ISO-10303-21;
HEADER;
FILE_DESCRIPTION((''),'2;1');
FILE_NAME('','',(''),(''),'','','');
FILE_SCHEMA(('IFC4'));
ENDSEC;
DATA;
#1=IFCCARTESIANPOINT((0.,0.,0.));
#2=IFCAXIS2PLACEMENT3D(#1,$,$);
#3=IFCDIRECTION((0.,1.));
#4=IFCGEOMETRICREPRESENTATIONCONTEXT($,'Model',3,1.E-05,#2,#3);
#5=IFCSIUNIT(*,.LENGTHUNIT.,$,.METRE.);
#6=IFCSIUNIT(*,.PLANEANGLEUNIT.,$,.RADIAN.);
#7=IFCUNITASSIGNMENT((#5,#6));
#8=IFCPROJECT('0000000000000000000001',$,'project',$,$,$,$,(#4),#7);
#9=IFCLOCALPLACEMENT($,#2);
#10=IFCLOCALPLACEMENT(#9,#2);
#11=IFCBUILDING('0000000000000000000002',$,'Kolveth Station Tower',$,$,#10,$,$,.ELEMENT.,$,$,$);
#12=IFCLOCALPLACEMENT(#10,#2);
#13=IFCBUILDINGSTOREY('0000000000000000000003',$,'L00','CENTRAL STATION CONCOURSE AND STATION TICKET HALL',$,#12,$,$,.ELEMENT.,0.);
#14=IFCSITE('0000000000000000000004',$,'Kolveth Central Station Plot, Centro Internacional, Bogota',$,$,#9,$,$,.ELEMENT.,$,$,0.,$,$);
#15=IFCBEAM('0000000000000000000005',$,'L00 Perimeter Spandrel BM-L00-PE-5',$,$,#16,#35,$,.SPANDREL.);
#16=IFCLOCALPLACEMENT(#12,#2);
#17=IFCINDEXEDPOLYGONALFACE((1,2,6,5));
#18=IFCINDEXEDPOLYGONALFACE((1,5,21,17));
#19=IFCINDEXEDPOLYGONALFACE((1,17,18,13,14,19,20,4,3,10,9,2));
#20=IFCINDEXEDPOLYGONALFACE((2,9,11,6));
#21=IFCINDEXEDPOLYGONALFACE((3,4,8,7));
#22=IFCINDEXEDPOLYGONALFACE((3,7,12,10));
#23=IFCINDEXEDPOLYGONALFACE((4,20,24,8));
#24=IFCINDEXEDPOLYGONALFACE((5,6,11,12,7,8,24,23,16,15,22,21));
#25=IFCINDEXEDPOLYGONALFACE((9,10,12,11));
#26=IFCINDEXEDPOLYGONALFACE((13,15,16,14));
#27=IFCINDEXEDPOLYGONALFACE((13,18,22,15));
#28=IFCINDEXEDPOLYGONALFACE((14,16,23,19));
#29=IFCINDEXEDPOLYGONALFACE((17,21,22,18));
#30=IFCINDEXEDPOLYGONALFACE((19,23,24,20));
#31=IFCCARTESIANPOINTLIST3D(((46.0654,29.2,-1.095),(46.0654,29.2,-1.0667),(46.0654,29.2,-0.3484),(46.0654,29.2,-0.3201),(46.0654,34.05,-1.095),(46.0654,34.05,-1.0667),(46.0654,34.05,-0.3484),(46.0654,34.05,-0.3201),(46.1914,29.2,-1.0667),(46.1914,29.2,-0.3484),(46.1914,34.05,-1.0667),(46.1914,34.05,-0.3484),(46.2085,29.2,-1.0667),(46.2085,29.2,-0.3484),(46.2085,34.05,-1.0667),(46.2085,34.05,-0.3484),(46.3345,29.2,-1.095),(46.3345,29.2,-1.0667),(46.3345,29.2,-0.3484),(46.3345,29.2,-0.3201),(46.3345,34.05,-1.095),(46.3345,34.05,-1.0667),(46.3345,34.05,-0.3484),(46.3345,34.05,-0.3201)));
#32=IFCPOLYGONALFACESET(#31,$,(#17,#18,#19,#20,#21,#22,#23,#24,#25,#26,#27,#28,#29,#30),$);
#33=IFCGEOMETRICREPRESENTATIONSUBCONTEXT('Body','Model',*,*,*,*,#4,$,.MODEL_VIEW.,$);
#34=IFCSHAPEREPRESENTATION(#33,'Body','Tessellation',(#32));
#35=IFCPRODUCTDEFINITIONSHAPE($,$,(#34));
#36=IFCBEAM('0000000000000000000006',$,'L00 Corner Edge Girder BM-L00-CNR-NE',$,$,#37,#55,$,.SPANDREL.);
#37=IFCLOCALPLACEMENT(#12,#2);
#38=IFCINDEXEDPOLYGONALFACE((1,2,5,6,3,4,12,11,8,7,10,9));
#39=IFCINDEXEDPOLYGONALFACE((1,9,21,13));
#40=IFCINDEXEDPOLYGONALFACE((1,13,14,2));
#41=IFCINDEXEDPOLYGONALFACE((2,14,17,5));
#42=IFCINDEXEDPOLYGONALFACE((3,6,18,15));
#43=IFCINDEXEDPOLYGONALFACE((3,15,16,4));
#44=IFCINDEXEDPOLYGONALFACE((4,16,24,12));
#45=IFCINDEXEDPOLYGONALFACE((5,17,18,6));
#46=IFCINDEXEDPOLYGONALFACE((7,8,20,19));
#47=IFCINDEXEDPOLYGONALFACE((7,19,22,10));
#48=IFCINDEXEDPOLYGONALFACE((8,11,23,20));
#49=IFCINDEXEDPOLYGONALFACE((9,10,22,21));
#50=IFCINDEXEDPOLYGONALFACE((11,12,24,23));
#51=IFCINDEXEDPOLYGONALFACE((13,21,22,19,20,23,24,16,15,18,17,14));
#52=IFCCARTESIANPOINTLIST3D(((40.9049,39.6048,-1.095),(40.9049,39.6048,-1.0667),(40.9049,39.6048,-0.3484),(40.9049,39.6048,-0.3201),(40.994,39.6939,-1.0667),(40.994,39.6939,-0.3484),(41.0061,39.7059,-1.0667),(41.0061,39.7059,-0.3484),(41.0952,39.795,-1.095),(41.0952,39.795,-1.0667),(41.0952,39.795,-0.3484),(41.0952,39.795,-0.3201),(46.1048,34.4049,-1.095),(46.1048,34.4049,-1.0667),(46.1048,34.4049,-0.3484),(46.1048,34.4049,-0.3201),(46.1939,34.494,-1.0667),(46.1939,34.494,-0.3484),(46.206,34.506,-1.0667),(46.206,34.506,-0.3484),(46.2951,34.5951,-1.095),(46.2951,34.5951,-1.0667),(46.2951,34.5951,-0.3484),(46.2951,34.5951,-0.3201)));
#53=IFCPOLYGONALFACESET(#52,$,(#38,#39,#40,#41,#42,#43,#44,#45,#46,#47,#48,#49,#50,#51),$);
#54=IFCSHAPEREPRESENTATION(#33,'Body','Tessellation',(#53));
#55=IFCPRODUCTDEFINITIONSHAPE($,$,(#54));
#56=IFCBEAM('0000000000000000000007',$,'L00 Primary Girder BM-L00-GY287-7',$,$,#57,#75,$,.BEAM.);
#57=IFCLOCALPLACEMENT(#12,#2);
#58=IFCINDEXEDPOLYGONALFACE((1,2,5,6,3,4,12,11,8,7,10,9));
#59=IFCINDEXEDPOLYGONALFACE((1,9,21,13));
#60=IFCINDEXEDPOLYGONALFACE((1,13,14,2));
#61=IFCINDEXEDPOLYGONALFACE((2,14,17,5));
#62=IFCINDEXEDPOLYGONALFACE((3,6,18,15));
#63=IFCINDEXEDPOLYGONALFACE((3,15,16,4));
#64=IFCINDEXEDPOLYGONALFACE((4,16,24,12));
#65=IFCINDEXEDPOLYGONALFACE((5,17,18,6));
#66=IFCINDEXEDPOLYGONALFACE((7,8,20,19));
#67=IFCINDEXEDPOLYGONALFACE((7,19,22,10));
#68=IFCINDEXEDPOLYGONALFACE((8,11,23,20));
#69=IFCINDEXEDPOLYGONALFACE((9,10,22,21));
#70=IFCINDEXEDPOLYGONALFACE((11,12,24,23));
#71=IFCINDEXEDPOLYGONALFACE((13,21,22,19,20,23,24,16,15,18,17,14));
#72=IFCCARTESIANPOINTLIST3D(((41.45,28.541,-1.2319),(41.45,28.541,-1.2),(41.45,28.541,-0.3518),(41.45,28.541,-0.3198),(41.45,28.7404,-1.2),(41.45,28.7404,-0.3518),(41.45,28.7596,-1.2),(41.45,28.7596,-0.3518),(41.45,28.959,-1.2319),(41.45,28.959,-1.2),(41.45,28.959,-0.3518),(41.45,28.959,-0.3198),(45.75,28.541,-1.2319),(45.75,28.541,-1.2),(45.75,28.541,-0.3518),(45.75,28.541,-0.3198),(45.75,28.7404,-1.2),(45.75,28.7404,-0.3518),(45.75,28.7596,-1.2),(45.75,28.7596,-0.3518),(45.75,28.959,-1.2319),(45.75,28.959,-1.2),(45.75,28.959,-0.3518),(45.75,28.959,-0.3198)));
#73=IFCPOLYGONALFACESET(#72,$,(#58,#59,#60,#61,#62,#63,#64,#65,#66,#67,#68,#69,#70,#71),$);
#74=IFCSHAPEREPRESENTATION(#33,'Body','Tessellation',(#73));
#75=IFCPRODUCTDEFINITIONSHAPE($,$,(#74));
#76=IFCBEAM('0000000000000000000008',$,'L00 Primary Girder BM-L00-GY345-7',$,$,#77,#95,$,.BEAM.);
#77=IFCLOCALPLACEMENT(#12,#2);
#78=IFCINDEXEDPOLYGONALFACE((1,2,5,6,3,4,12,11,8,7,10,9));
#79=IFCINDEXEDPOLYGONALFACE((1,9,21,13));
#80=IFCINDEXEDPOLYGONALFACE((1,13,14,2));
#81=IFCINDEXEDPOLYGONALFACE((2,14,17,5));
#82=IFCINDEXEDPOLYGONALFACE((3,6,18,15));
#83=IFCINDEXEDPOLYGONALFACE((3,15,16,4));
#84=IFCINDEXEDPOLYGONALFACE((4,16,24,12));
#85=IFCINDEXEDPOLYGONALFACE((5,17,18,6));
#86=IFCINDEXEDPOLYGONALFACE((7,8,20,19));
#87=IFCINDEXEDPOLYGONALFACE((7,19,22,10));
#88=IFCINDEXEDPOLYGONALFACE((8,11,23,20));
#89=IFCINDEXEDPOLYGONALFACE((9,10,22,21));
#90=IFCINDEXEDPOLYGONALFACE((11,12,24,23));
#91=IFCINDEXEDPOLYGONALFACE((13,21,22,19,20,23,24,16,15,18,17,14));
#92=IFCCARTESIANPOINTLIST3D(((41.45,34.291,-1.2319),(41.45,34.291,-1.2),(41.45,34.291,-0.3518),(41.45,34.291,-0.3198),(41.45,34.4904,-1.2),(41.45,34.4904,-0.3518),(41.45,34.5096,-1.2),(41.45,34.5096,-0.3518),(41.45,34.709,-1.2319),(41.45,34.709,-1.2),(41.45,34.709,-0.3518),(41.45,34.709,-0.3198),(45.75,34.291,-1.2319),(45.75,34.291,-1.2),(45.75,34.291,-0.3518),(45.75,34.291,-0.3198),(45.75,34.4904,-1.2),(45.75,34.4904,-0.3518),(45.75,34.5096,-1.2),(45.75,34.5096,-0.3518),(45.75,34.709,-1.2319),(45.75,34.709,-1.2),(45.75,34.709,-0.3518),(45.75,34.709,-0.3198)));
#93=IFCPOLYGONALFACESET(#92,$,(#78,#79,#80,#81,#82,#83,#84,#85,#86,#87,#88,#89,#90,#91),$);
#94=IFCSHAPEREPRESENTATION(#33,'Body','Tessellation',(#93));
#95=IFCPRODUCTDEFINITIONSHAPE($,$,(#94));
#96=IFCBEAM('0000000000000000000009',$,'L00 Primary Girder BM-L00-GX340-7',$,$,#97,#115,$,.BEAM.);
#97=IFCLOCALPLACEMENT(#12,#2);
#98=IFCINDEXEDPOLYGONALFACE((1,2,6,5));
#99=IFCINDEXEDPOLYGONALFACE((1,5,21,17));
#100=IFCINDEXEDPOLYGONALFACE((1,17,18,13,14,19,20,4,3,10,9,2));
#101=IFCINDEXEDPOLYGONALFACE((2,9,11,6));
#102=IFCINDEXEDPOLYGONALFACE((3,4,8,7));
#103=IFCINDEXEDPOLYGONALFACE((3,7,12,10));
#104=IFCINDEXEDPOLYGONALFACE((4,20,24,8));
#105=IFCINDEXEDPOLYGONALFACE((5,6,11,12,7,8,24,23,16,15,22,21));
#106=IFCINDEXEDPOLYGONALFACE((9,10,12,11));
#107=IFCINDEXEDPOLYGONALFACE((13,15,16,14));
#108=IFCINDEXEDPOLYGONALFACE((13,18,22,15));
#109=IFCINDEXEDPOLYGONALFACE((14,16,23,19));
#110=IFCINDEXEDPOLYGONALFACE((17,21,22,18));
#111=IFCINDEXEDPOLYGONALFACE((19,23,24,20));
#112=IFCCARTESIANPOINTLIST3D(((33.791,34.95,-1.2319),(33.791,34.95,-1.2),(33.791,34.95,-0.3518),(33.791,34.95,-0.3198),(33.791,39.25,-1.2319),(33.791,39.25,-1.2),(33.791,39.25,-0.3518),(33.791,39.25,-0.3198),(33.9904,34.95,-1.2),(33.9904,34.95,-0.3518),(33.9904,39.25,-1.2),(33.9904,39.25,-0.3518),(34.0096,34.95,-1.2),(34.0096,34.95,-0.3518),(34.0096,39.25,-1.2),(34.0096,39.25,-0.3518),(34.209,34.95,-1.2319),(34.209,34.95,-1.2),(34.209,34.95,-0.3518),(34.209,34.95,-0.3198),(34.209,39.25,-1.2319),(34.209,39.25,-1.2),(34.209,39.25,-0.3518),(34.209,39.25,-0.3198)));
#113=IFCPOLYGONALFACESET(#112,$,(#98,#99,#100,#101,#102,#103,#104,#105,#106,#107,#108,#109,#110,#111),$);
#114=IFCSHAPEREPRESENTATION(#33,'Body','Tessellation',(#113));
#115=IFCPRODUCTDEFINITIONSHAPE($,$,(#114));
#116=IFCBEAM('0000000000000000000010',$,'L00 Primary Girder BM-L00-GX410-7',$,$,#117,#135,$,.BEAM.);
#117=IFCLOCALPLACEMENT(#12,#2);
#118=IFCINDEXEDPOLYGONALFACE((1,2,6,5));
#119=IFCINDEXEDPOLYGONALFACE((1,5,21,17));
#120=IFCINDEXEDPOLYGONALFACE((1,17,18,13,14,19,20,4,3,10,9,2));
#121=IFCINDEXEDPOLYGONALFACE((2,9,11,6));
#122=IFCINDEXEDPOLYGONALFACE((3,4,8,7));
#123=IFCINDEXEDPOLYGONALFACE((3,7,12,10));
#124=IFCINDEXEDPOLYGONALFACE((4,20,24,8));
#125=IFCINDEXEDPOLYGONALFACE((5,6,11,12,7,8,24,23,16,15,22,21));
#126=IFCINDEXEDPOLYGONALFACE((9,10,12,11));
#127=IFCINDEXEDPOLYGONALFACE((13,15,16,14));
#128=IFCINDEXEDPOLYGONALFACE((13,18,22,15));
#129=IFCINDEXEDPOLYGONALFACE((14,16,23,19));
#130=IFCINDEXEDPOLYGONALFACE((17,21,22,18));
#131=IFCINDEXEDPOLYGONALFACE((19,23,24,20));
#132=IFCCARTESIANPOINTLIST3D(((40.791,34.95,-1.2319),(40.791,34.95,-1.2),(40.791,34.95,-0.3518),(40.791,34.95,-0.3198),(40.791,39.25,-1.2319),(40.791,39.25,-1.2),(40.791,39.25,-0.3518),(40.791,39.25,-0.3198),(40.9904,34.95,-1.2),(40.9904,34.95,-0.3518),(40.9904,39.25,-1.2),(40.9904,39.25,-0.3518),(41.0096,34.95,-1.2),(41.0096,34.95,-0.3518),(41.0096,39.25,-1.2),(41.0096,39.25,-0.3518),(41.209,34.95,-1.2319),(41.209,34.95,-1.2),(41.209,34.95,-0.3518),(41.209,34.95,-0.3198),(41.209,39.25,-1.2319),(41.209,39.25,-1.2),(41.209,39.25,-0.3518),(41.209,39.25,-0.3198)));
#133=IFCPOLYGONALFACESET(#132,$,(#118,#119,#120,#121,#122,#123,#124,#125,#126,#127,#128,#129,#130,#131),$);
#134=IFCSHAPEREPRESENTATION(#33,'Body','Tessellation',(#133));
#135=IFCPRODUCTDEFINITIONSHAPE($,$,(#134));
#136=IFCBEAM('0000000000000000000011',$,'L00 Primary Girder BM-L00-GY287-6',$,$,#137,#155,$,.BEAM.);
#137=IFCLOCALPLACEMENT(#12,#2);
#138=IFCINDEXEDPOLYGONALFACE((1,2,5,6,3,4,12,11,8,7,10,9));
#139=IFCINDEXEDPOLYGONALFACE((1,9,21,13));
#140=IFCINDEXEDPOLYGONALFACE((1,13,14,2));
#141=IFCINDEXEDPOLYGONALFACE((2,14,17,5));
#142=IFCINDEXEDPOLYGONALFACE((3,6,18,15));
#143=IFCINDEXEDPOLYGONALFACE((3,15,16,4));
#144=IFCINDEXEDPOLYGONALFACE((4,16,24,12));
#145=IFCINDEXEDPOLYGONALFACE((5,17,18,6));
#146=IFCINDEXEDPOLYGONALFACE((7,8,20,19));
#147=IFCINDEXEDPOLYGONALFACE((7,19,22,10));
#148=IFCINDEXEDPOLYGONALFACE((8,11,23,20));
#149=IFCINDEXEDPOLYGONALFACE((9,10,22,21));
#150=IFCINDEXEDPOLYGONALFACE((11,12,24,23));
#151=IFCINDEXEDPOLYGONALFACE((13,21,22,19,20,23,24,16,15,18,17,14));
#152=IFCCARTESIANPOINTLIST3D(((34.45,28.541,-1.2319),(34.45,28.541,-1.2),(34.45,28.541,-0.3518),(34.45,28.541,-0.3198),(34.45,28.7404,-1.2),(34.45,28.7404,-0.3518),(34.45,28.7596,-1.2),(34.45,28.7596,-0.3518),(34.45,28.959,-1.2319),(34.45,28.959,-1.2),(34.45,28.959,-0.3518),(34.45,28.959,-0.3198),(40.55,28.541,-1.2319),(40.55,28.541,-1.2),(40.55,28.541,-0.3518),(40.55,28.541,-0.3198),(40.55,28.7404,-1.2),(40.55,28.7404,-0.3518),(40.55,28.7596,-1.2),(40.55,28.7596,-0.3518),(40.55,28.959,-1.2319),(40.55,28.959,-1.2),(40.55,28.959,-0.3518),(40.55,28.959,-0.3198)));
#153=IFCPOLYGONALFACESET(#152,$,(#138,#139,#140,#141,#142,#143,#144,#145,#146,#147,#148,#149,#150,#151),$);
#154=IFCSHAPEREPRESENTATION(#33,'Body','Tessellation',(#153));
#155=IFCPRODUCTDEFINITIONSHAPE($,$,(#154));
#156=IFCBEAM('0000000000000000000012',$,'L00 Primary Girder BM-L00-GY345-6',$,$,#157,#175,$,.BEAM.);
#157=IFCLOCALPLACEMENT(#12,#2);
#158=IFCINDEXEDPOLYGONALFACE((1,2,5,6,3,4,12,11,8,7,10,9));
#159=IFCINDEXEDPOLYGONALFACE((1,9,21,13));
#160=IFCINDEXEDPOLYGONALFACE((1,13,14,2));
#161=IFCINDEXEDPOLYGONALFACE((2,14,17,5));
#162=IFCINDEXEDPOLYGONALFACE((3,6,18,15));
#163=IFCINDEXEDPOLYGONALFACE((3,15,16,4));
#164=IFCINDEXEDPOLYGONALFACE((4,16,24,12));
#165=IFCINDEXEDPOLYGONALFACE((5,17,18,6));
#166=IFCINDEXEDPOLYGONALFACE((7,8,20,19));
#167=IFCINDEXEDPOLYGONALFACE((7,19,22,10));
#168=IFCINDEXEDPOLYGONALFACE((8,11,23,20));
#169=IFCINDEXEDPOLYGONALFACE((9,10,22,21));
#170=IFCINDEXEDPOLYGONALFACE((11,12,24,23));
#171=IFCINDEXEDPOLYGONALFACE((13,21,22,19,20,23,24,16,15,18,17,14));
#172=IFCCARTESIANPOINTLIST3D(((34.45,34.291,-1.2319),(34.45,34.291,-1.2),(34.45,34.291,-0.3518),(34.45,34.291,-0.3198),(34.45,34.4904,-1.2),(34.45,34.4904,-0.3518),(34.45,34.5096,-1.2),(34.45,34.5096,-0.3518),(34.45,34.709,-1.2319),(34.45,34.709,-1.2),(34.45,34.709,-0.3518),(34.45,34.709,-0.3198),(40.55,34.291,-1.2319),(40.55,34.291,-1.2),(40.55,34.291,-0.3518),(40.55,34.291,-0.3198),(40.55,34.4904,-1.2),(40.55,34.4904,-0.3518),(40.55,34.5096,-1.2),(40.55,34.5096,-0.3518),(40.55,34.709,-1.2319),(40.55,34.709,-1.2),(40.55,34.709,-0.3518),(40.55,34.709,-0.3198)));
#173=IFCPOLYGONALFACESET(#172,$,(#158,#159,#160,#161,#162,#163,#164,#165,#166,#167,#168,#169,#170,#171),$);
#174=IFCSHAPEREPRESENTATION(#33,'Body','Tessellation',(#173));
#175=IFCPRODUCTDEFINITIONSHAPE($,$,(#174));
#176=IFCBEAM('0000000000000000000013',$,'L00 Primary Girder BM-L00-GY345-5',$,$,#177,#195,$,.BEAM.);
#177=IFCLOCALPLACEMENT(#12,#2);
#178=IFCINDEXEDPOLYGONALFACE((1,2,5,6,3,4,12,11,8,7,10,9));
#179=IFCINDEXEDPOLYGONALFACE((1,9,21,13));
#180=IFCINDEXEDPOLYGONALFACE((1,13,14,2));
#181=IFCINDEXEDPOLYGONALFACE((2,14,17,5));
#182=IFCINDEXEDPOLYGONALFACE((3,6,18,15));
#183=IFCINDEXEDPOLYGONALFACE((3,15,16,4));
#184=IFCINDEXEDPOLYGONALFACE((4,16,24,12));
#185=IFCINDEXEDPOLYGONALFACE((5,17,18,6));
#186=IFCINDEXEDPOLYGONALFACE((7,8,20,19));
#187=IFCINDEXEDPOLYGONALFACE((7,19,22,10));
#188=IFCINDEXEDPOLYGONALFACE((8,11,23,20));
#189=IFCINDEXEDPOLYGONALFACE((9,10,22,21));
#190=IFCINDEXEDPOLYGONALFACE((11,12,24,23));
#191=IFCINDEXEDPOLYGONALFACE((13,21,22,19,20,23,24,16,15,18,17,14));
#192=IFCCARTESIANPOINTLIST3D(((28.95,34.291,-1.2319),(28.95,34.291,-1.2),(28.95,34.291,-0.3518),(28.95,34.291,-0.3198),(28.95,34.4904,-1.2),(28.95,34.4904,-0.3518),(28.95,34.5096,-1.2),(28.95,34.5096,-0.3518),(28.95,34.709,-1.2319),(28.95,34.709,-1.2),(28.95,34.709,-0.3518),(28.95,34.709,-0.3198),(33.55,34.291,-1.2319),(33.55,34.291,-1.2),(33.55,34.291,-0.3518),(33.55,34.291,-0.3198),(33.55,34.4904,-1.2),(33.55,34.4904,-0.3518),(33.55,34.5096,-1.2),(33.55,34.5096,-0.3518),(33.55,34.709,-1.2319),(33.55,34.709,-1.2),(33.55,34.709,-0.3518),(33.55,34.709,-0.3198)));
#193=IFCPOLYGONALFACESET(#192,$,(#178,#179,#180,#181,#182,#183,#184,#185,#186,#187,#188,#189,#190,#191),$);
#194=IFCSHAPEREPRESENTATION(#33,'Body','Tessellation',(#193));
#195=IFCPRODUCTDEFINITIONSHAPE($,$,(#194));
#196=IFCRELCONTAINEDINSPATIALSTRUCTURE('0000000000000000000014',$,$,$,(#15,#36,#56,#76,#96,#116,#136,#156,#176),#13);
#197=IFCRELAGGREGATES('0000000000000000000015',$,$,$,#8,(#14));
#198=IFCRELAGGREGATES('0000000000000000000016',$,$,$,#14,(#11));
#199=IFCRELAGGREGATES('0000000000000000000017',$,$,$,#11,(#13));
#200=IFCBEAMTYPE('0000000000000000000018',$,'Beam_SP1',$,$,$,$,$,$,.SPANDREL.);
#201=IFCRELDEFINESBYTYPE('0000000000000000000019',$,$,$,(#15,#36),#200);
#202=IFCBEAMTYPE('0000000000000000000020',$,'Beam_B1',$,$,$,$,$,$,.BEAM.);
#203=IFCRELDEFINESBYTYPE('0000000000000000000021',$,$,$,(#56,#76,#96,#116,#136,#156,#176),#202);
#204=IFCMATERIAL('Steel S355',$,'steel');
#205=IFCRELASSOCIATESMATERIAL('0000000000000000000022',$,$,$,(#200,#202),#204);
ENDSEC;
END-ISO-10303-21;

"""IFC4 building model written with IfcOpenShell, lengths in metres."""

from ifc_helpers import new_model, si_unit, direction, frame, origin, origin_2d, place, context, subcontext, project, spatial, i_section, extrude, source, transform, mapped, material, material_profile, profile_set, type_object, element, save


model = new_model("IFC4")

# Units and contexts
model_context = context("Model", 3, precision=1e-05, world=origin(), true_north=direction((0.0, 1.0)))
body_context = subcontext(model_context, "Body", "Model", "MODEL_VIEW")
ifc_project = project(units=[si_unit("LENGTHUNIT", "METRE"), si_unit("PLANEANGLEUNIT", "RADIAN")], contexts=[model_context])

# Site, building, storey
site_placement = place(None, origin())
site = spatial("IfcSite", under=ifc_project, at=site_placement, Name="Kolveth Central Station Plot, Centro Internacional, Bogota", CompositionType="ELEMENT", RefElevation=0.0)
building_placement = place(site_placement, origin())
building = spatial("IfcBuilding", under=site, at=building_placement, Name="Kolveth Station Tower", CompositionType="ELEMENT")
storey_placement = place(building_placement, origin())
storey = spatial("IfcBuildingStorey", under=building, at=storey_placement, Name="L00", Description="CENTRAL STATION CONCOURSE AND STATION TICKET HALL", CompositionType="ELEMENT", Elevation=0.0)

# Shared definitions
ifc_material_1 = material(Name="Steel S355", Category="steel")

# Beams
ifc_material_profile_1 = material_profile(ifc_material_1, i_section(OverallWidth=0.269, OverallDepth=0.7749, WebThickness=0.0171, FlangeThickness=0.0283, at=origin_2d()), Name="W760x220")
ifc_profile_set_1 = profile_set([ifc_material_profile_1], Name="Steel S355")
beam_type_1 = type_object("IfcBeamType", Name="Beam_SP1", PredefinedType="SPANDREL", material=ifc_profile_set_1)
shared_shape_1 = source(origin(), body_context, "Body", "SweptSolid", [
    extrude(i_section(OverallWidth=0.269, OverallDepth=0.7749, WebThickness=0.0171, FlangeThickness=0.0283, at=origin_2d()), origin(), (0.0, 0.0, 1.0), 4.8501),
])
beam_1_placement = place(storey_placement, frame((46.2, 29.2, -0.7075), z_axis=(0.0, 1.0, 0.0), x_axis=(-1.0, 0.0, 0.0)))
element("IfcBeam", 1, at=beam_1_placement, inside=storey, type_object=beam_type_1, Name="L00 Perimeter Spandrel BM-L00-PE-5", PredefinedType="SPANDREL", context=body_context, shape_type="MappedRepresentation", body=[
    mapped(shared_shape_1, transform((0.0, 0.0, 0.0), x_axis=(1.0, 0.0, 0.0), y_axis=(0.0, 1.0, 0.0), z_axis=(0.0, 0.0, 1.0), scale=1.0)),
])
shared_shape_2 = source(origin(), body_context, "Body", "SweptSolid", [
    extrude(i_section(OverallWidth=0.269, OverallDepth=0.7749, WebThickness=0.0171, FlangeThickness=0.0283, at=origin_2d()), origin(), (0.0, 0.0, 1.0), 7.3538),
])
beam_2_placement = place(storey_placement, frame((46.2, 34.5, -0.7075), z_axis=(-0.707107, 0.707107, 0.0), x_axis=(-0.707107, -0.707107, 0.0)))
element("IfcBeam", 2, at=beam_2_placement, inside=storey, type_object=beam_type_1, Name="L00 Corner Edge Girder BM-L00-CNR-NE", PredefinedType="SPANDREL", context=body_context, shape_type="MappedRepresentation", body=[
    mapped(shared_shape_2, transform((0.0, 0.0, 0.0), x_axis=(1.0, 0.0, 0.0), y_axis=(0.0, 1.0, 0.0), z_axis=(0.0, 0.0, 1.0), scale=1.0)),
])
ifc_material_profile_2 = material_profile(ifc_material_1, i_section(OverallWidth=0.418, OverallDepth=0.9121, WebThickness=0.0193, FlangeThickness=0.032, at=origin_2d()), Name="W920x342")
ifc_profile_set_2 = profile_set([ifc_material_profile_2], Name="Steel S355")
beam_type_2 = type_object("IfcBeamType", Name="Beam_B1", PredefinedType="BEAM", material=ifc_profile_set_2)
shared_shape_3 = source(origin(), body_context, "Body", "SweptSolid", [
    extrude(i_section(OverallWidth=0.418, OverallDepth=0.9121, WebThickness=0.0193, FlangeThickness=0.032, at=origin_2d()), origin(), (0.0, 0.0, 1.0), 4.3),
])
for number, where, z_axis, x_axis, name in (
    (3, (41.45, 28.75, -0.7759), (1.0, 0.0, 0.0), (0.0, 1.0, 0.0), "L00 Primary Girder BM-L00-GY287-7"),
    (4, (41.45, 34.5, -0.7759), (1.0, 0.0, 0.0), (0.0, 1.0, 0.0), "L00 Primary Girder BM-L00-GY345-7"),
    (5, (34.0, 34.95, -0.7759), (0.0, 1.0, 0.0), (-1.0, 0.0, 0.0), "L00 Primary Girder BM-L00-GX340-7"),
    (6, (41.0, 34.95, -0.7759), (0.0, 1.0, 0.0), (-1.0, 0.0, 0.0), "L00 Primary Girder BM-L00-GX410-7"),
):
    element("IfcBeam", number, at=place(storey_placement, frame(where, z_axis=z_axis, x_axis=x_axis)), inside=storey, type_object=beam_type_2, Name=name, PredefinedType="BEAM", context=body_context, shape_type="MappedRepresentation", body=[
        mapped(shared_shape_3, transform((0.0, 0.0, 0.0), x_axis=(1.0, 0.0, 0.0), y_axis=(0.0, 1.0, 0.0), z_axis=(0.0, 0.0, 1.0), scale=1.0)),
    ])
shared_shape_4 = source(origin(), body_context, "Body", "SweptSolid", [
    extrude(i_section(OverallWidth=0.418, OverallDepth=0.9121, WebThickness=0.0193, FlangeThickness=0.032, at=origin_2d()), origin(), (0.0, 0.0, 1.0), 6.1001),
])
for number, where, z_axis, x_axis, name in (
    (7, (34.45, 28.75, -0.7759), (1.0, 0.0, 0.0), (0.0, 1.0, 0.0), "L00 Primary Girder BM-L00-GY287-6"),
    (8, (34.45, 34.5, -0.7759), (1.0, 0.0, 0.0), (0.0, 1.0, 0.0), "L00 Primary Girder BM-L00-GY345-6"),
):
    element("IfcBeam", number, at=place(storey_placement, frame(where, z_axis=z_axis, x_axis=x_axis)), inside=storey, type_object=beam_type_2, Name=name, PredefinedType="BEAM", context=body_context, shape_type="MappedRepresentation", body=[
        mapped(shared_shape_4, transform((0.0, 0.0, 0.0), x_axis=(1.0, 0.0, 0.0), y_axis=(0.0, 1.0, 0.0), z_axis=(0.0, 0.0, 1.0), scale=1.0)),
    ])
shared_shape_5 = source(origin(), body_context, "Body", "SweptSolid", [
    extrude(i_section(OverallWidth=0.418, OverallDepth=0.9121, WebThickness=0.0193, FlangeThickness=0.032, at=origin_2d()), origin(), (0.0, 0.0, 1.0), 4.6001),
])
beam_3_placement = place(storey_placement, frame((28.95, 34.5, -0.7759), z_axis=(1.0, 0.0, 0.0), x_axis=(0.0, 1.0, 0.0)))
element("IfcBeam", 9, at=beam_3_placement, inside=storey, type_object=beam_type_2, Name="L00 Primary Girder BM-L00-GY345-5", PredefinedType="BEAM", context=body_context, shape_type="MappedRepresentation", body=[
    mapped(shared_shape_5, transform((0.0, 0.0, 0.0), x_axis=(1.0, 0.0, 0.0), y_axis=(0.0, 1.0, 0.0), z_axis=(0.0, 0.0, 1.0), scale=1.0)),
])

save(model, "model.ifc")
